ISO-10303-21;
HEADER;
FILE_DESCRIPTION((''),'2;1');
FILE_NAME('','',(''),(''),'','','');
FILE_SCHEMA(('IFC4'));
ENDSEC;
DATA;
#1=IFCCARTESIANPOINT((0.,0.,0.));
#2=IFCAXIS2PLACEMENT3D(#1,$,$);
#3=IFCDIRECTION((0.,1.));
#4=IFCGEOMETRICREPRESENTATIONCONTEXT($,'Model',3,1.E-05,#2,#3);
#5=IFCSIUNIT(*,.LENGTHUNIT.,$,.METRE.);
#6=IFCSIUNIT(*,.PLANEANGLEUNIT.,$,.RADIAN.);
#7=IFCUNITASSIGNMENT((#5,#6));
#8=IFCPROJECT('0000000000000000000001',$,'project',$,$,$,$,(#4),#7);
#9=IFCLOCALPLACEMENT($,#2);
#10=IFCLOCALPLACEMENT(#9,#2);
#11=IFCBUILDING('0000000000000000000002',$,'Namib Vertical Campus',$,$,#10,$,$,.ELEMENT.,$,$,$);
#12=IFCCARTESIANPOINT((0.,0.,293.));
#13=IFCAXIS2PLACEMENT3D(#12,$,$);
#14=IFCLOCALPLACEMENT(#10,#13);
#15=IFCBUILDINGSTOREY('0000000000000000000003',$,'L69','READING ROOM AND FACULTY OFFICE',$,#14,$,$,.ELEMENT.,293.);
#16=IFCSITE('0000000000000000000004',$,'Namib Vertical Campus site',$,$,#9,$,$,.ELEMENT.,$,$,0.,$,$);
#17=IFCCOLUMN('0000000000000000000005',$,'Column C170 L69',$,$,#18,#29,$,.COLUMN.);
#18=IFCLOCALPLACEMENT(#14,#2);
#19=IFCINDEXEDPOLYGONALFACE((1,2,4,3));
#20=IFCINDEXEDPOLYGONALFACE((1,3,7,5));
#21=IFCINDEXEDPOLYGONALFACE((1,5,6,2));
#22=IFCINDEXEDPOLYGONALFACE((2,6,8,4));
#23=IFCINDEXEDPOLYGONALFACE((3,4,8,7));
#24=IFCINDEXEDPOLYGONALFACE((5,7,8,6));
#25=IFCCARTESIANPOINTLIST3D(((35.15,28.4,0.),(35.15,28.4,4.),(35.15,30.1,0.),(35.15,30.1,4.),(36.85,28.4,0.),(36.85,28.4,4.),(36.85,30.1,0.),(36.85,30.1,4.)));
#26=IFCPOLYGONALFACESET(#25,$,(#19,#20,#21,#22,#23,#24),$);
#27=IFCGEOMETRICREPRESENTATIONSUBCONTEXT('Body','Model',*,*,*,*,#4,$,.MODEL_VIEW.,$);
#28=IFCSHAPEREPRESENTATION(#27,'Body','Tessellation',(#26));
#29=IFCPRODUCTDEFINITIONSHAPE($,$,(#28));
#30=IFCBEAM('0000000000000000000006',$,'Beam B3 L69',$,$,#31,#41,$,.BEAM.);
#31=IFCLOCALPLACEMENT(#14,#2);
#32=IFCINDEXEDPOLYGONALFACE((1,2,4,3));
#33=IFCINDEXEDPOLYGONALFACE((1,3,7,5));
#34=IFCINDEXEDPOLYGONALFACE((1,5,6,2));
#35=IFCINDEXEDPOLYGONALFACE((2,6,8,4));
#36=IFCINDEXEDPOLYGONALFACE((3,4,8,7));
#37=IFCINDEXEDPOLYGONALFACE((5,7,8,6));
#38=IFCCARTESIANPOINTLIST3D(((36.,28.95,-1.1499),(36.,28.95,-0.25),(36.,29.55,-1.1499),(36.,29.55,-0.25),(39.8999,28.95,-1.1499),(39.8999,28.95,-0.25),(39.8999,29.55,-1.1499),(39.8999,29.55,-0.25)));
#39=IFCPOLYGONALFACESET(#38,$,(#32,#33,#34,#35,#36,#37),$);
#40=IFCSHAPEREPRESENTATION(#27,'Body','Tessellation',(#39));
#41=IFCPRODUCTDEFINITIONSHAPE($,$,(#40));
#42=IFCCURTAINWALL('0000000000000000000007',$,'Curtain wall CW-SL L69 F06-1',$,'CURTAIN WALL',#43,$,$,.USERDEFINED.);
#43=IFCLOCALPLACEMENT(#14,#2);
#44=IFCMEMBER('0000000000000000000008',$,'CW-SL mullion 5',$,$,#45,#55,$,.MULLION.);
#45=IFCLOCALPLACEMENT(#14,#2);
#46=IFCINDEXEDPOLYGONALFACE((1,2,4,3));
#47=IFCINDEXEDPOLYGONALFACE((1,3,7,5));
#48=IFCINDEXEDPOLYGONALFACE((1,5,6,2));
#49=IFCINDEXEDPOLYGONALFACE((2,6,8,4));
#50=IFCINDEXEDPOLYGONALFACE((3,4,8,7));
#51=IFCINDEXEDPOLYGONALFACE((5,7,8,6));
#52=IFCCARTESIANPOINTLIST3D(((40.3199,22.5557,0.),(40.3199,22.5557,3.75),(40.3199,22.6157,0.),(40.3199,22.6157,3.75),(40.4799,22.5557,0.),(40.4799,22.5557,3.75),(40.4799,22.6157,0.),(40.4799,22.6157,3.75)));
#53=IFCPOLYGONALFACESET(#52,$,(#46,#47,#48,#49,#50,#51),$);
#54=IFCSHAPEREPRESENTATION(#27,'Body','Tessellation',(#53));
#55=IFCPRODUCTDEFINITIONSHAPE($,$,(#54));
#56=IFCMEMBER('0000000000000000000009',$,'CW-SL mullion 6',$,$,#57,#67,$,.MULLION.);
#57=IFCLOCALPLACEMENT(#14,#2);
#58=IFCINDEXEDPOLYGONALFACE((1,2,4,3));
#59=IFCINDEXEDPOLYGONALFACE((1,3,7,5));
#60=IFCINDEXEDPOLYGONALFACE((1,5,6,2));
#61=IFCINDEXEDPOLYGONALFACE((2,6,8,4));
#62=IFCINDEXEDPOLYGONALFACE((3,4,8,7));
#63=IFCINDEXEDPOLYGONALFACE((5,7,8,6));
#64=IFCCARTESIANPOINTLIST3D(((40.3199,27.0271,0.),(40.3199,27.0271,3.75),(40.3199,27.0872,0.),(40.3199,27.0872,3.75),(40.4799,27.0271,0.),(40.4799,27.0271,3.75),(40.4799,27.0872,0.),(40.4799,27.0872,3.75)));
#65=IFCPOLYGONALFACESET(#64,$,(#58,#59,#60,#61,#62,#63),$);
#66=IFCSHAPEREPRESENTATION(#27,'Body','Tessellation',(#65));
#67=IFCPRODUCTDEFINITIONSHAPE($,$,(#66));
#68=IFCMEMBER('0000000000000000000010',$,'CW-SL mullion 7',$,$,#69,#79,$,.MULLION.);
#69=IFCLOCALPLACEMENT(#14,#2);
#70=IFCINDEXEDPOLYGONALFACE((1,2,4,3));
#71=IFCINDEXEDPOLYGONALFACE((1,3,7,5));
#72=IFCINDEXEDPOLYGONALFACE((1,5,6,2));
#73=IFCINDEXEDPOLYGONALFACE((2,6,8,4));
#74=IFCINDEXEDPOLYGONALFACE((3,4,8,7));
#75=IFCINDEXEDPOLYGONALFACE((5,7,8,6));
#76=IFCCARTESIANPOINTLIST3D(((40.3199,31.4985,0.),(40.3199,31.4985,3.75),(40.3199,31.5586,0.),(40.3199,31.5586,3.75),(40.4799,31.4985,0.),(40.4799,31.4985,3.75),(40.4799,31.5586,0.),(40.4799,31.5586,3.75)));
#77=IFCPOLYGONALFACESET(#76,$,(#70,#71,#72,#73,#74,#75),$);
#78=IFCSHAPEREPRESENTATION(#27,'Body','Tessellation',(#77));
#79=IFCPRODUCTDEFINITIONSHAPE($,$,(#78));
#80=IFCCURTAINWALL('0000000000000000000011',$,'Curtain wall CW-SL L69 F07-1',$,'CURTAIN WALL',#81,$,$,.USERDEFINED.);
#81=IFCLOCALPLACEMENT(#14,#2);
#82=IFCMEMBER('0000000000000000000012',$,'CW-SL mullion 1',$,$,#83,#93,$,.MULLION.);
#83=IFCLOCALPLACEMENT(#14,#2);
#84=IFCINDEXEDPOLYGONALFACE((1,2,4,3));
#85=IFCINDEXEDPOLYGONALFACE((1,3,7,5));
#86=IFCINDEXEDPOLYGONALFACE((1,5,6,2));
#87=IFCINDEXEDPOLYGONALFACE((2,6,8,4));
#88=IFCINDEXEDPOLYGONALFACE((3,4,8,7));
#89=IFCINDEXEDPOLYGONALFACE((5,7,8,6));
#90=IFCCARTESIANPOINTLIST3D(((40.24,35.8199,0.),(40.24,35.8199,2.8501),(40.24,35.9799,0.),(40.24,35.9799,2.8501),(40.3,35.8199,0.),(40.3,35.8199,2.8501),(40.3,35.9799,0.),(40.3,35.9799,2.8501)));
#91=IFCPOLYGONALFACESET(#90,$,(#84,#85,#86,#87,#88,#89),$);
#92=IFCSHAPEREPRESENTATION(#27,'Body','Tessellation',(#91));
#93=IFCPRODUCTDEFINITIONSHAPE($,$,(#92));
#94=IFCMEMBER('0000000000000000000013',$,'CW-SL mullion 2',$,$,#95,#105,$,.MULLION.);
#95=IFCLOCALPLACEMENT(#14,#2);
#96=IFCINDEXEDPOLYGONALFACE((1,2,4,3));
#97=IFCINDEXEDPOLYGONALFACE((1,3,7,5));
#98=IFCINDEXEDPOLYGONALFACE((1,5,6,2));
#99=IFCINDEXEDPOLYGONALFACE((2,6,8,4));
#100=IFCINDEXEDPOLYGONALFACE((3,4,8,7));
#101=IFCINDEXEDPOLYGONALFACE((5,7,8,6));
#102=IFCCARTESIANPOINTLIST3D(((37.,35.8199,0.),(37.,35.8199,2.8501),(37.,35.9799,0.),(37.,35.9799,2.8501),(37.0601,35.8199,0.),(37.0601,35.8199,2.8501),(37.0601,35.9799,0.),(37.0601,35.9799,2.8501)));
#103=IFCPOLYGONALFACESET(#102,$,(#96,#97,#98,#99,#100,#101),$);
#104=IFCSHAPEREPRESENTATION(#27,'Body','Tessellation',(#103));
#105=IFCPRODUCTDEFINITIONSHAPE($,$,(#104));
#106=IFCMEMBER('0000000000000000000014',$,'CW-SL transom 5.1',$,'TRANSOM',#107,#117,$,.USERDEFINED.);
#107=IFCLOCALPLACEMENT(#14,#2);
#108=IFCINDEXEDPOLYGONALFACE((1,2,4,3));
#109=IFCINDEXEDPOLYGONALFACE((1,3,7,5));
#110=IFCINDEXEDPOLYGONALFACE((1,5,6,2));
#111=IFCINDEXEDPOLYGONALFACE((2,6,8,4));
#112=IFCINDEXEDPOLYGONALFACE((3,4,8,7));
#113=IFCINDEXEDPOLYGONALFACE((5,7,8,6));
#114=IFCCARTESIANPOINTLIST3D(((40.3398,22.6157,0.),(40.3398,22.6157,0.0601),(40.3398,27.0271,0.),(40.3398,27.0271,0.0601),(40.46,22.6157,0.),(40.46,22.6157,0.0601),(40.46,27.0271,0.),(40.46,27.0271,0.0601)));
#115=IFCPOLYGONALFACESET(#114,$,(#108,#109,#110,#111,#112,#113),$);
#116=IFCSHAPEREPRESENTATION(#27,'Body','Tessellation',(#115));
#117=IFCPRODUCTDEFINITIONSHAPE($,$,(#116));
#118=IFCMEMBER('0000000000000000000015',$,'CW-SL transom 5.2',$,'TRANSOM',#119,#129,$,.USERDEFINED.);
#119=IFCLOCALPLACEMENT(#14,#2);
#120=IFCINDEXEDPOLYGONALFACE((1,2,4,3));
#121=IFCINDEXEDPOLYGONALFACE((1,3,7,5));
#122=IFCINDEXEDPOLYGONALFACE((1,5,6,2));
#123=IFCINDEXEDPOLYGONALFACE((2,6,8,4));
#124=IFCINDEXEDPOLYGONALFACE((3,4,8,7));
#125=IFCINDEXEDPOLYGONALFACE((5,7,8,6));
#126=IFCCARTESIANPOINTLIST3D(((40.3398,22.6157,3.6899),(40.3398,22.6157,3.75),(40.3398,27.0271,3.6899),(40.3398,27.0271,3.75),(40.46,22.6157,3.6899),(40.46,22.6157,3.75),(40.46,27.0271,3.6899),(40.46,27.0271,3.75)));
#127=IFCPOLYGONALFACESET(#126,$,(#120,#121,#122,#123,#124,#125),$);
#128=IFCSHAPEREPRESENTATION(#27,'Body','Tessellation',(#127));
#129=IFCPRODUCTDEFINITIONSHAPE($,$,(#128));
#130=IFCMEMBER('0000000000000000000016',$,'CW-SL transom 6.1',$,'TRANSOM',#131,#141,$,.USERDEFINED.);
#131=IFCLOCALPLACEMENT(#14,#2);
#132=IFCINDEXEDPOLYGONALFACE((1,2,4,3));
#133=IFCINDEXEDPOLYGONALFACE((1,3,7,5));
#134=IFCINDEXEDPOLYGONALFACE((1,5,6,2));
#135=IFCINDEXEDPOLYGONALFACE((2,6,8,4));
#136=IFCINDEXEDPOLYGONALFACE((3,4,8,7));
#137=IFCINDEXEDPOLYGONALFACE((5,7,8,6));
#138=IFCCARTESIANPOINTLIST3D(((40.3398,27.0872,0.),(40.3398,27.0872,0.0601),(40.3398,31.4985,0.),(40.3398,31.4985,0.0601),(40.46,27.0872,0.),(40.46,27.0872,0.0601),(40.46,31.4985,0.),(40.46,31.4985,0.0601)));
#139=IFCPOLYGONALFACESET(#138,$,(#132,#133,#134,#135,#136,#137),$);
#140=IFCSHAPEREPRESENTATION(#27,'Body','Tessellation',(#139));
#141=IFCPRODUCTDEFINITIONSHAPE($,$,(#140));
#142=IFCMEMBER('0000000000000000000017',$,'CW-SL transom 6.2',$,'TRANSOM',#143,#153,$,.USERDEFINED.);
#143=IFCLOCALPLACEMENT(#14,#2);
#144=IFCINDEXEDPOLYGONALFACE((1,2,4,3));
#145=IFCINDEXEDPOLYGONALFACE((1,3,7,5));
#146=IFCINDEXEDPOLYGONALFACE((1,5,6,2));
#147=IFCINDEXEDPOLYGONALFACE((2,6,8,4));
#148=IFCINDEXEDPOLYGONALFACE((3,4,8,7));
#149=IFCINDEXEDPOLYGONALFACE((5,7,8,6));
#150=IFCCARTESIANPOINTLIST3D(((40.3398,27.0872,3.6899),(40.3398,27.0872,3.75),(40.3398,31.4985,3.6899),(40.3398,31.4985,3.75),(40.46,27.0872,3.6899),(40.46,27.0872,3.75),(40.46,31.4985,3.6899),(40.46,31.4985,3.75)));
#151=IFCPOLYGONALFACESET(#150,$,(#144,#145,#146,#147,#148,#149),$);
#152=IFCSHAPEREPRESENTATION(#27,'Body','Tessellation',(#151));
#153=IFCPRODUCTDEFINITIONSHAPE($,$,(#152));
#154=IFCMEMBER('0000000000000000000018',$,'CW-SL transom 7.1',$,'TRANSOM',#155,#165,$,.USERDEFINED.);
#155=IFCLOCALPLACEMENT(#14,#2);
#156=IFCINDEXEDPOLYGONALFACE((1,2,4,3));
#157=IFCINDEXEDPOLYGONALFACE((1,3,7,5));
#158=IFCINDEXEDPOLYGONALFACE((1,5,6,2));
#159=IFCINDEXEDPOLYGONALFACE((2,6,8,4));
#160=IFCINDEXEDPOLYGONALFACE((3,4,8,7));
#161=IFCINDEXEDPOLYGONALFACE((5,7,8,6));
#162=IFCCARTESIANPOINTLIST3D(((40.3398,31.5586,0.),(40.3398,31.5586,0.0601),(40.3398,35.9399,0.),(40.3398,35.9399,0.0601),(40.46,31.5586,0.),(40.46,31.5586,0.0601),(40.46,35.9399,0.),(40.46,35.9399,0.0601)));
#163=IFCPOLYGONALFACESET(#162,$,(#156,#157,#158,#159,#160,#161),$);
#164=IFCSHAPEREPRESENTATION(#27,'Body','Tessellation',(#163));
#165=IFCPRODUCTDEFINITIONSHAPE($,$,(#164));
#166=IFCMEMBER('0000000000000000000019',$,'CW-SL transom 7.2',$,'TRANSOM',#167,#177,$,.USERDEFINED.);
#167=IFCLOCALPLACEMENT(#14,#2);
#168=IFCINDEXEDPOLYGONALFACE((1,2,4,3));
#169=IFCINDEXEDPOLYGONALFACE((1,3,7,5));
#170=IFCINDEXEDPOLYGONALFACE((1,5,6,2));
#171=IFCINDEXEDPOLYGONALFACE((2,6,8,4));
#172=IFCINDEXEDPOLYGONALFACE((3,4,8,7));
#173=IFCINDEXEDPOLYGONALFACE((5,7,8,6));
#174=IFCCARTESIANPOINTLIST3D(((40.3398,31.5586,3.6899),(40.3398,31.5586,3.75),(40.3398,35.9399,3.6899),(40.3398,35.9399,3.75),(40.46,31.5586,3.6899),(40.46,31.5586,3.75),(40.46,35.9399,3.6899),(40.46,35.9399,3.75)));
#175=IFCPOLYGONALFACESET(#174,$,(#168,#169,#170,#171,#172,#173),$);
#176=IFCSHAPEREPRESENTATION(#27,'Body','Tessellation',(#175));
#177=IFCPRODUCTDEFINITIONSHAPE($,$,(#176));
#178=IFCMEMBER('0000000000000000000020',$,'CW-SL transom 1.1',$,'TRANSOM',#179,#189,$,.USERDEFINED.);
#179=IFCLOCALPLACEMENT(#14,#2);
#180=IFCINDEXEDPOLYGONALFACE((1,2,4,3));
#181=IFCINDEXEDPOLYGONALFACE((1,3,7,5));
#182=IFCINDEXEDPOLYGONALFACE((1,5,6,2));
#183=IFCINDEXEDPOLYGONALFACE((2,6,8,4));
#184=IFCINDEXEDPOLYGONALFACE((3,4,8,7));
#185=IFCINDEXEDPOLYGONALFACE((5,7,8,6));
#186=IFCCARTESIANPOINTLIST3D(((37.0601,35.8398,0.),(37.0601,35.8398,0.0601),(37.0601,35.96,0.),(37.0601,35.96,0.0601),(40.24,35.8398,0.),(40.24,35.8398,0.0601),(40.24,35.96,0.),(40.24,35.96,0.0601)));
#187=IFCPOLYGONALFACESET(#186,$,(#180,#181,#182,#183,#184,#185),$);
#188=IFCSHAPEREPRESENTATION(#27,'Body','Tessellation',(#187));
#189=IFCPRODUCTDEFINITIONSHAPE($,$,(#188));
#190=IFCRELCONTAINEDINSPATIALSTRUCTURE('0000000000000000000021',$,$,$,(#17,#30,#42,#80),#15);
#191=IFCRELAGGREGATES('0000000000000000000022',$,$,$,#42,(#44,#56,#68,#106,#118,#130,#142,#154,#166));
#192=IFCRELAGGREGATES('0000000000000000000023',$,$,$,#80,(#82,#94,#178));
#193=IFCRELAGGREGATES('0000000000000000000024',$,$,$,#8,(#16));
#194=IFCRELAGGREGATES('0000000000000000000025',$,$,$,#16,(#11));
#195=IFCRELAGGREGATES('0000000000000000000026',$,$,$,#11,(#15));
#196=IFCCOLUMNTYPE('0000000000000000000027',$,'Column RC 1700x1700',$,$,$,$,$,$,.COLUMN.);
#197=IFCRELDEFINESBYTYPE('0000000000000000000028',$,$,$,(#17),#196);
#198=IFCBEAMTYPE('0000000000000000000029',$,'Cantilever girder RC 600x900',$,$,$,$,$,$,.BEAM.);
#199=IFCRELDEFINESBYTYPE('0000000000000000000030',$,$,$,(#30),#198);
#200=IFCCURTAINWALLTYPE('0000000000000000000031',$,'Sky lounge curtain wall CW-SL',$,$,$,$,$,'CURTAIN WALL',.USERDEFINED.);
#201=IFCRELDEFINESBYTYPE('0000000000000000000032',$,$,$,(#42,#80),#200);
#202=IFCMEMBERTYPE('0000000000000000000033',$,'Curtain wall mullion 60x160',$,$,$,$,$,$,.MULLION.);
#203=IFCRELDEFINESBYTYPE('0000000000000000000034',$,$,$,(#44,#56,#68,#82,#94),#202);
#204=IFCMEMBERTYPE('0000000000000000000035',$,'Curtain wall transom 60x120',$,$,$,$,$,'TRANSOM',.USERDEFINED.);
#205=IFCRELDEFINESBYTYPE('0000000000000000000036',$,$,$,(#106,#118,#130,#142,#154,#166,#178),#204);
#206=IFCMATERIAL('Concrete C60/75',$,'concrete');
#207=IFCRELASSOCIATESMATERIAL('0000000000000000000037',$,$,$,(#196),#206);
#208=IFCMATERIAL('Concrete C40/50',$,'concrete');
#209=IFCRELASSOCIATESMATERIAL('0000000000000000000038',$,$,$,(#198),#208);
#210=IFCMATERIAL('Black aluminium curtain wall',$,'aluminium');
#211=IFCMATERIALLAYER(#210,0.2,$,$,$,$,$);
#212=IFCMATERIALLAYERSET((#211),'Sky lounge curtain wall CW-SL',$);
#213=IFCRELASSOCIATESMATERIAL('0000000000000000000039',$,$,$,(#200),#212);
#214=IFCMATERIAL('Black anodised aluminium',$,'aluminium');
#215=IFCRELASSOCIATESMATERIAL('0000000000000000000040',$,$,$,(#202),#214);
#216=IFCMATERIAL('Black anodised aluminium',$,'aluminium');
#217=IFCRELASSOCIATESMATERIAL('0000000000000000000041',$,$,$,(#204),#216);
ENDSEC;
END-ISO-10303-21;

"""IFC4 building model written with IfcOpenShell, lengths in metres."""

from ifc_helpers import new_model, si_unit, direction, frame, origin, origin_2d, place, context, subcontext, project, spatial, rectangle, extrude, material, layer, layer_set, material_profile, profile_set, type_object, element, aggregate, save


model = new_model("IFC4")

# Units and contexts
model_context = context("Model", 3, precision=1e-05, world=origin(), true_north=direction((0.0, 1.0)))
body_context = subcontext(model_context, "Body", "Model", "MODEL_VIEW")
ifc_project = project(units=[si_unit("LENGTHUNIT", "METRE"), si_unit("PLANEANGLEUNIT", "RADIAN")], contexts=[model_context])

# Site, building, storey
site_placement = place(None, origin())
site = spatial("IfcSite", under=ifc_project, at=site_placement, Name="Namib Vertical Campus site", CompositionType="ELEMENT", RefElevation=0.0)
building_placement = place(site_placement, origin())
building = spatial("IfcBuilding", under=site, at=building_placement, Name="Namib Vertical Campus", CompositionType="ELEMENT")
storey_placement = place(building_placement, frame((0.0, 0.0, 293.0)))
storey = spatial("IfcBuildingStorey", under=building, at=storey_placement, Name="L69", Description="READING ROOM AND FACULTY OFFICE", CompositionType="ELEMENT", Elevation=293.0)

# Column
ifc_material_1 = material(Name="Concrete C60/75", Category="concrete")
ifc_material_profile_1 = material_profile(ifc_material_1, rectangle(XDim=1.7, YDim=1.7, at=origin_2d()))
ifc_profile_set_1 = profile_set([ifc_material_profile_1], Name="Concrete C60/75")
column_type = type_object("IfcColumnType", Name="Column RC 1700x1700", PredefinedType="COLUMN", material=ifc_profile_set_1)
column_placement = place(storey_placement, frame((36.0, 29.25, 0.0), z_axis=(0.0, 0.0, 1.0), x_axis=(1.0, 0.0, 0.0)))
element("IfcColumn", 1, at=column_placement, inside=storey, type_object=column_type, Name="Column C170 L69", PredefinedType="COLUMN", context=body_context, shape_type="SweptSolid", body=[
    extrude(rectangle(XDim=1.7, YDim=1.7, at=origin_2d()), origin(), (0.0, 0.0, 1.0), 4.0),
])

# Beam
ifc_material_2 = material(Name="Concrete C40/50", Category="concrete")
ifc_material_profile_2 = material_profile(ifc_material_2, rectangle(XDim=0.6001, YDim=0.8999, at=origin_2d()))
ifc_profile_set_2 = profile_set([ifc_material_profile_2], Name="Concrete C40/50")
beam_type_1 = type_object("IfcBeamType", Name="Cantilever girder RC 600x900", PredefinedType="BEAM", material=ifc_profile_set_2)
beam_1_placement = place(storey_placement, frame((36.0, 29.25, -0.7), z_axis=(1.0, 0.0, 0.0), x_axis=(0.0, 1.0, 0.0)))
element("IfcBeam", 2, at=beam_1_placement, inside=storey, type_object=beam_type_1, Name="Beam B3 L69", PredefinedType="BEAM", context=body_context, shape_type="SweptSolid", body=[
    extrude(rectangle(XDim=0.6001, YDim=0.8999, at=origin_2d()), origin(), (0.0, 0.0, 1.0), 3.8999),
])

# Curtain walls, members
ifc_material_3 = material(Name="Black aluminium curtain wall", Category="aluminium")
ifc_layer_1 = layer(ifc_material_3, 0.2)
ifc_layer_set_1 = layer_set([ifc_layer_1], Name="Sky lounge curtain wall CW-SL")
curtain_wall_type = type_object("IfcCurtainWallType", Name="Sky lounge curtain wall CW-SL", ElementType="CURTAIN WALL", PredefinedType="USERDEFINED", material=ifc_layer_set_1)
curtain_wall_1_placement = place(storey_placement, origin())
curtain_wall_1 = element("IfcCurtainWall", 3, at=curtain_wall_1_placement, inside=storey, type_object=curtain_wall_type, Name="Curtain wall CW-SL L69 F06-1", ObjectType="CURTAIN WALL", PredefinedType="USERDEFINED")
ifc_material_4 = material(Name="Black anodised aluminium", Category="aluminium")
ifc_material_profile_3 = material_profile(ifc_material_4, rectangle(XDim=0.0601, YDim=0.1599, at=origin_2d()))
ifc_profile_set_3 = profile_set([ifc_material_profile_3], Name="Black anodised aluminium")
member_type_1 = type_object("IfcMemberType", Name="Curtain wall mullion 60x160", PredefinedType="MULLION", material=ifc_profile_set_3)
member_1_placement = place(storey_placement, frame((40.3999, 22.5857, 0.0), z_axis=(0.0, 0.0, 1.0), x_axis=(0.0, 1.0, 0.0)))
member_1 = element("IfcMember", 4, at=member_1_placement, type_object=member_type_1, Name="CW-SL mullion 5", PredefinedType="MULLION", context=body_context, shape_type="SweptSolid", body=[
    extrude(rectangle(XDim=0.0601, YDim=0.1599, at=origin_2d()), origin(), (0.0, 0.0, 1.0), 3.75),
])
member_2_placement = place(storey_placement, frame((40.3999, 27.0571, 0.0), z_axis=(0.0, 0.0, 1.0), x_axis=(0.0, 1.0, 0.0)))
member_2 = element("IfcMember", 5, at=member_2_placement, type_object=member_type_1, Name="CW-SL mullion 6", PredefinedType="MULLION", context=body_context, shape_type="SweptSolid", body=[
    extrude(rectangle(XDim=0.0601, YDim=0.1599, at=origin_2d()), origin(), (0.0, 0.0, 1.0), 3.75),
])
member_3_placement = place(storey_placement, frame((40.3999, 31.5286, 0.0), z_axis=(0.0, 0.0, 1.0), x_axis=(0.0, 1.0, 0.0)))
member_3 = element("IfcMember", 6, at=member_3_placement, type_object=member_type_1, Name="CW-SL mullion 7", PredefinedType="MULLION", context=body_context, shape_type="SweptSolid", body=[
    extrude(rectangle(XDim=0.0601, YDim=0.1599, at=origin_2d()), origin(), (0.0, 0.0, 1.0), 3.75),
])
curtain_wall_2_placement = place(storey_placement, origin())
curtain_wall_2 = element("IfcCurtainWall", 7, at=curtain_wall_2_placement, inside=storey, type_object=curtain_wall_type, Name="Curtain wall CW-SL L69 F07-1", ObjectType="CURTAIN WALL", PredefinedType="USERDEFINED")
member_4_placement = place(storey_placement, frame((40.27, 35.8999, 0.0), z_axis=(0.0, 0.0, 1.0), x_axis=(-1.0, 0.0, 0.0)))
member_4 = element("IfcMember", 8, at=member_4_placement, type_object=member_type_1, Name="CW-SL mullion 1", PredefinedType="MULLION", context=body_context, shape_type="SweptSolid", body=[
    extrude(rectangle(XDim=0.0601, YDim=0.1599, at=origin_2d()), origin(), (0.0, 0.0, 1.0), 2.8501),
])
member_5_placement = place(storey_placement, frame((37.03, 35.8999, 0.0), z_axis=(0.0, 0.0, 1.0), x_axis=(-1.0, 0.0, 0.0)))
member_5 = element("IfcMember", 9, at=member_5_placement, type_object=member_type_1, Name="CW-SL mullion 2", PredefinedType="MULLION", context=body_context, shape_type="SweptSolid", body=[
    extrude(rectangle(XDim=0.0601, YDim=0.1599, at=origin_2d()), origin(), (0.0, 0.0, 1.0), 2.8501),
])

# Members
ifc_material_5 = material(Name="Black anodised aluminium", Category="aluminium")
ifc_material_profile_4 = material_profile(ifc_material_5, rectangle(XDim=0.0601, YDim=0.1201, at=origin_2d()))
ifc_profile_set_4 = profile_set([ifc_material_profile_4], Name="Black anodised aluminium")
member_type_2 = type_object("IfcMemberType", Name="Curtain wall transom 60x120", ElementType="TRANSOM", PredefinedType="USERDEFINED", material=ifc_profile_set_4)
member_6_placement = place(storey_placement, frame((40.3999, 22.6157, 0.03), z_axis=(0.0, 1.0, 0.0), x_axis=(0.0, 0.0, 1.0)))
member_6 = element("IfcMember", 10, at=member_6_placement, type_object=member_type_2, Name="CW-SL transom 5.1", ObjectType="TRANSOM", PredefinedType="USERDEFINED", context=body_context, shape_type="SweptSolid", body=[
    extrude(rectangle(XDim=0.0601, YDim=0.1201, at=origin_2d()), origin(), (0.0, 0.0, 1.0), 4.4114),
])
member_7_placement = place(storey_placement, frame((40.3999, 22.6157, 3.72), z_axis=(0.0, 1.0, 0.0), x_axis=(0.0, 0.0, 1.0)))
member_7 = element("IfcMember", 11, at=member_7_placement, type_object=member_type_2, Name="CW-SL transom 5.2", ObjectType="TRANSOM", PredefinedType="USERDEFINED", context=body_context, shape_type="SweptSolid", body=[
    extrude(rectangle(XDim=0.0601, YDim=0.1201, at=origin_2d()), origin(), (0.0, 0.0, 1.0), 4.4114),
])
member_8_placement = place(storey_placement, frame((40.3999, 27.0872, 0.03), z_axis=(0.0, 1.0, 0.0), x_axis=(0.0, 0.0, 1.0)))
member_8 = element("IfcMember", 12, at=member_8_placement, type_object=member_type_2, Name="CW-SL transom 6.1", ObjectType="TRANSOM", PredefinedType="USERDEFINED", context=body_context, shape_type="SweptSolid", body=[
    extrude(rectangle(XDim=0.0601, YDim=0.1201, at=origin_2d()), origin(), (0.0, 0.0, 1.0), 4.4114),
])
member_9_placement = place(storey_placement, frame((40.3999, 27.0872, 3.72), z_axis=(0.0, 1.0, 0.0), x_axis=(0.0, 0.0, 1.0)))
member_9 = element("IfcMember", 13, at=member_9_placement, type_object=member_type_2, Name="CW-SL transom 6.2", ObjectType="TRANSOM", PredefinedType="USERDEFINED", context=body_context, shape_type="SweptSolid", body=[
    extrude(rectangle(XDim=0.0601, YDim=0.1201, at=origin_2d()), origin(), (0.0, 0.0, 1.0), 4.4114),
])
member_10_placement = place(storey_placement, frame((40.3999, 31.5586, 0.03), z_axis=(0.0, 1.0, 0.0), x_axis=(0.0, 0.0, 1.0)))
member_10 = element("IfcMember", 14, at=member_10_placement, type_object=member_type_2, Name="CW-SL transom 7.1", ObjectType="TRANSOM", PredefinedType="USERDEFINED", context=body_context, shape_type="SweptSolid", body=[
    extrude(rectangle(XDim=0.0601, YDim=0.1201, at=origin_2d()), origin(), (0.0, 0.0, 1.0), 4.3813),
])
member_11_placement = place(storey_placement, frame((40.3999, 31.5586, 3.72), z_axis=(0.0, 1.0, 0.0), x_axis=(0.0, 0.0, 1.0)))
member_11 = element("IfcMember", 15, at=member_11_placement, type_object=member_type_2, Name="CW-SL transom 7.2", ObjectType="TRANSOM", PredefinedType="USERDEFINED", context=body_context, shape_type="SweptSolid", body=[
    extrude(rectangle(XDim=0.0601, YDim=0.1201, at=origin_2d()), origin(), (0.0, 0.0, 1.0), 4.3813),
])
member_12_placement = place(storey_placement, frame((40.24, 35.8999, 0.03), z_axis=(-1.0, 0.0, 0.0), x_axis=(0.0, 0.0, 1.0)))
member_12 = element("IfcMember", 16, at=member_12_placement, type_object=member_type_2, Name="CW-SL transom 1.1", ObjectType="TRANSOM", PredefinedType="USERDEFINED", context=body_context, shape_type="SweptSolid", body=[
    extrude(rectangle(XDim=0.0601, YDim=0.1201, at=origin_2d()), origin(), (0.0, 0.0, 1.0), 3.1799),
])

aggregate(curtain_wall_1, [member_1, member_2, member_3, member_6, member_7, member_8, member_9, member_10, member_11])
aggregate(curtain_wall_2, [member_4, member_5, member_12])

save(model, "model.ifc")
